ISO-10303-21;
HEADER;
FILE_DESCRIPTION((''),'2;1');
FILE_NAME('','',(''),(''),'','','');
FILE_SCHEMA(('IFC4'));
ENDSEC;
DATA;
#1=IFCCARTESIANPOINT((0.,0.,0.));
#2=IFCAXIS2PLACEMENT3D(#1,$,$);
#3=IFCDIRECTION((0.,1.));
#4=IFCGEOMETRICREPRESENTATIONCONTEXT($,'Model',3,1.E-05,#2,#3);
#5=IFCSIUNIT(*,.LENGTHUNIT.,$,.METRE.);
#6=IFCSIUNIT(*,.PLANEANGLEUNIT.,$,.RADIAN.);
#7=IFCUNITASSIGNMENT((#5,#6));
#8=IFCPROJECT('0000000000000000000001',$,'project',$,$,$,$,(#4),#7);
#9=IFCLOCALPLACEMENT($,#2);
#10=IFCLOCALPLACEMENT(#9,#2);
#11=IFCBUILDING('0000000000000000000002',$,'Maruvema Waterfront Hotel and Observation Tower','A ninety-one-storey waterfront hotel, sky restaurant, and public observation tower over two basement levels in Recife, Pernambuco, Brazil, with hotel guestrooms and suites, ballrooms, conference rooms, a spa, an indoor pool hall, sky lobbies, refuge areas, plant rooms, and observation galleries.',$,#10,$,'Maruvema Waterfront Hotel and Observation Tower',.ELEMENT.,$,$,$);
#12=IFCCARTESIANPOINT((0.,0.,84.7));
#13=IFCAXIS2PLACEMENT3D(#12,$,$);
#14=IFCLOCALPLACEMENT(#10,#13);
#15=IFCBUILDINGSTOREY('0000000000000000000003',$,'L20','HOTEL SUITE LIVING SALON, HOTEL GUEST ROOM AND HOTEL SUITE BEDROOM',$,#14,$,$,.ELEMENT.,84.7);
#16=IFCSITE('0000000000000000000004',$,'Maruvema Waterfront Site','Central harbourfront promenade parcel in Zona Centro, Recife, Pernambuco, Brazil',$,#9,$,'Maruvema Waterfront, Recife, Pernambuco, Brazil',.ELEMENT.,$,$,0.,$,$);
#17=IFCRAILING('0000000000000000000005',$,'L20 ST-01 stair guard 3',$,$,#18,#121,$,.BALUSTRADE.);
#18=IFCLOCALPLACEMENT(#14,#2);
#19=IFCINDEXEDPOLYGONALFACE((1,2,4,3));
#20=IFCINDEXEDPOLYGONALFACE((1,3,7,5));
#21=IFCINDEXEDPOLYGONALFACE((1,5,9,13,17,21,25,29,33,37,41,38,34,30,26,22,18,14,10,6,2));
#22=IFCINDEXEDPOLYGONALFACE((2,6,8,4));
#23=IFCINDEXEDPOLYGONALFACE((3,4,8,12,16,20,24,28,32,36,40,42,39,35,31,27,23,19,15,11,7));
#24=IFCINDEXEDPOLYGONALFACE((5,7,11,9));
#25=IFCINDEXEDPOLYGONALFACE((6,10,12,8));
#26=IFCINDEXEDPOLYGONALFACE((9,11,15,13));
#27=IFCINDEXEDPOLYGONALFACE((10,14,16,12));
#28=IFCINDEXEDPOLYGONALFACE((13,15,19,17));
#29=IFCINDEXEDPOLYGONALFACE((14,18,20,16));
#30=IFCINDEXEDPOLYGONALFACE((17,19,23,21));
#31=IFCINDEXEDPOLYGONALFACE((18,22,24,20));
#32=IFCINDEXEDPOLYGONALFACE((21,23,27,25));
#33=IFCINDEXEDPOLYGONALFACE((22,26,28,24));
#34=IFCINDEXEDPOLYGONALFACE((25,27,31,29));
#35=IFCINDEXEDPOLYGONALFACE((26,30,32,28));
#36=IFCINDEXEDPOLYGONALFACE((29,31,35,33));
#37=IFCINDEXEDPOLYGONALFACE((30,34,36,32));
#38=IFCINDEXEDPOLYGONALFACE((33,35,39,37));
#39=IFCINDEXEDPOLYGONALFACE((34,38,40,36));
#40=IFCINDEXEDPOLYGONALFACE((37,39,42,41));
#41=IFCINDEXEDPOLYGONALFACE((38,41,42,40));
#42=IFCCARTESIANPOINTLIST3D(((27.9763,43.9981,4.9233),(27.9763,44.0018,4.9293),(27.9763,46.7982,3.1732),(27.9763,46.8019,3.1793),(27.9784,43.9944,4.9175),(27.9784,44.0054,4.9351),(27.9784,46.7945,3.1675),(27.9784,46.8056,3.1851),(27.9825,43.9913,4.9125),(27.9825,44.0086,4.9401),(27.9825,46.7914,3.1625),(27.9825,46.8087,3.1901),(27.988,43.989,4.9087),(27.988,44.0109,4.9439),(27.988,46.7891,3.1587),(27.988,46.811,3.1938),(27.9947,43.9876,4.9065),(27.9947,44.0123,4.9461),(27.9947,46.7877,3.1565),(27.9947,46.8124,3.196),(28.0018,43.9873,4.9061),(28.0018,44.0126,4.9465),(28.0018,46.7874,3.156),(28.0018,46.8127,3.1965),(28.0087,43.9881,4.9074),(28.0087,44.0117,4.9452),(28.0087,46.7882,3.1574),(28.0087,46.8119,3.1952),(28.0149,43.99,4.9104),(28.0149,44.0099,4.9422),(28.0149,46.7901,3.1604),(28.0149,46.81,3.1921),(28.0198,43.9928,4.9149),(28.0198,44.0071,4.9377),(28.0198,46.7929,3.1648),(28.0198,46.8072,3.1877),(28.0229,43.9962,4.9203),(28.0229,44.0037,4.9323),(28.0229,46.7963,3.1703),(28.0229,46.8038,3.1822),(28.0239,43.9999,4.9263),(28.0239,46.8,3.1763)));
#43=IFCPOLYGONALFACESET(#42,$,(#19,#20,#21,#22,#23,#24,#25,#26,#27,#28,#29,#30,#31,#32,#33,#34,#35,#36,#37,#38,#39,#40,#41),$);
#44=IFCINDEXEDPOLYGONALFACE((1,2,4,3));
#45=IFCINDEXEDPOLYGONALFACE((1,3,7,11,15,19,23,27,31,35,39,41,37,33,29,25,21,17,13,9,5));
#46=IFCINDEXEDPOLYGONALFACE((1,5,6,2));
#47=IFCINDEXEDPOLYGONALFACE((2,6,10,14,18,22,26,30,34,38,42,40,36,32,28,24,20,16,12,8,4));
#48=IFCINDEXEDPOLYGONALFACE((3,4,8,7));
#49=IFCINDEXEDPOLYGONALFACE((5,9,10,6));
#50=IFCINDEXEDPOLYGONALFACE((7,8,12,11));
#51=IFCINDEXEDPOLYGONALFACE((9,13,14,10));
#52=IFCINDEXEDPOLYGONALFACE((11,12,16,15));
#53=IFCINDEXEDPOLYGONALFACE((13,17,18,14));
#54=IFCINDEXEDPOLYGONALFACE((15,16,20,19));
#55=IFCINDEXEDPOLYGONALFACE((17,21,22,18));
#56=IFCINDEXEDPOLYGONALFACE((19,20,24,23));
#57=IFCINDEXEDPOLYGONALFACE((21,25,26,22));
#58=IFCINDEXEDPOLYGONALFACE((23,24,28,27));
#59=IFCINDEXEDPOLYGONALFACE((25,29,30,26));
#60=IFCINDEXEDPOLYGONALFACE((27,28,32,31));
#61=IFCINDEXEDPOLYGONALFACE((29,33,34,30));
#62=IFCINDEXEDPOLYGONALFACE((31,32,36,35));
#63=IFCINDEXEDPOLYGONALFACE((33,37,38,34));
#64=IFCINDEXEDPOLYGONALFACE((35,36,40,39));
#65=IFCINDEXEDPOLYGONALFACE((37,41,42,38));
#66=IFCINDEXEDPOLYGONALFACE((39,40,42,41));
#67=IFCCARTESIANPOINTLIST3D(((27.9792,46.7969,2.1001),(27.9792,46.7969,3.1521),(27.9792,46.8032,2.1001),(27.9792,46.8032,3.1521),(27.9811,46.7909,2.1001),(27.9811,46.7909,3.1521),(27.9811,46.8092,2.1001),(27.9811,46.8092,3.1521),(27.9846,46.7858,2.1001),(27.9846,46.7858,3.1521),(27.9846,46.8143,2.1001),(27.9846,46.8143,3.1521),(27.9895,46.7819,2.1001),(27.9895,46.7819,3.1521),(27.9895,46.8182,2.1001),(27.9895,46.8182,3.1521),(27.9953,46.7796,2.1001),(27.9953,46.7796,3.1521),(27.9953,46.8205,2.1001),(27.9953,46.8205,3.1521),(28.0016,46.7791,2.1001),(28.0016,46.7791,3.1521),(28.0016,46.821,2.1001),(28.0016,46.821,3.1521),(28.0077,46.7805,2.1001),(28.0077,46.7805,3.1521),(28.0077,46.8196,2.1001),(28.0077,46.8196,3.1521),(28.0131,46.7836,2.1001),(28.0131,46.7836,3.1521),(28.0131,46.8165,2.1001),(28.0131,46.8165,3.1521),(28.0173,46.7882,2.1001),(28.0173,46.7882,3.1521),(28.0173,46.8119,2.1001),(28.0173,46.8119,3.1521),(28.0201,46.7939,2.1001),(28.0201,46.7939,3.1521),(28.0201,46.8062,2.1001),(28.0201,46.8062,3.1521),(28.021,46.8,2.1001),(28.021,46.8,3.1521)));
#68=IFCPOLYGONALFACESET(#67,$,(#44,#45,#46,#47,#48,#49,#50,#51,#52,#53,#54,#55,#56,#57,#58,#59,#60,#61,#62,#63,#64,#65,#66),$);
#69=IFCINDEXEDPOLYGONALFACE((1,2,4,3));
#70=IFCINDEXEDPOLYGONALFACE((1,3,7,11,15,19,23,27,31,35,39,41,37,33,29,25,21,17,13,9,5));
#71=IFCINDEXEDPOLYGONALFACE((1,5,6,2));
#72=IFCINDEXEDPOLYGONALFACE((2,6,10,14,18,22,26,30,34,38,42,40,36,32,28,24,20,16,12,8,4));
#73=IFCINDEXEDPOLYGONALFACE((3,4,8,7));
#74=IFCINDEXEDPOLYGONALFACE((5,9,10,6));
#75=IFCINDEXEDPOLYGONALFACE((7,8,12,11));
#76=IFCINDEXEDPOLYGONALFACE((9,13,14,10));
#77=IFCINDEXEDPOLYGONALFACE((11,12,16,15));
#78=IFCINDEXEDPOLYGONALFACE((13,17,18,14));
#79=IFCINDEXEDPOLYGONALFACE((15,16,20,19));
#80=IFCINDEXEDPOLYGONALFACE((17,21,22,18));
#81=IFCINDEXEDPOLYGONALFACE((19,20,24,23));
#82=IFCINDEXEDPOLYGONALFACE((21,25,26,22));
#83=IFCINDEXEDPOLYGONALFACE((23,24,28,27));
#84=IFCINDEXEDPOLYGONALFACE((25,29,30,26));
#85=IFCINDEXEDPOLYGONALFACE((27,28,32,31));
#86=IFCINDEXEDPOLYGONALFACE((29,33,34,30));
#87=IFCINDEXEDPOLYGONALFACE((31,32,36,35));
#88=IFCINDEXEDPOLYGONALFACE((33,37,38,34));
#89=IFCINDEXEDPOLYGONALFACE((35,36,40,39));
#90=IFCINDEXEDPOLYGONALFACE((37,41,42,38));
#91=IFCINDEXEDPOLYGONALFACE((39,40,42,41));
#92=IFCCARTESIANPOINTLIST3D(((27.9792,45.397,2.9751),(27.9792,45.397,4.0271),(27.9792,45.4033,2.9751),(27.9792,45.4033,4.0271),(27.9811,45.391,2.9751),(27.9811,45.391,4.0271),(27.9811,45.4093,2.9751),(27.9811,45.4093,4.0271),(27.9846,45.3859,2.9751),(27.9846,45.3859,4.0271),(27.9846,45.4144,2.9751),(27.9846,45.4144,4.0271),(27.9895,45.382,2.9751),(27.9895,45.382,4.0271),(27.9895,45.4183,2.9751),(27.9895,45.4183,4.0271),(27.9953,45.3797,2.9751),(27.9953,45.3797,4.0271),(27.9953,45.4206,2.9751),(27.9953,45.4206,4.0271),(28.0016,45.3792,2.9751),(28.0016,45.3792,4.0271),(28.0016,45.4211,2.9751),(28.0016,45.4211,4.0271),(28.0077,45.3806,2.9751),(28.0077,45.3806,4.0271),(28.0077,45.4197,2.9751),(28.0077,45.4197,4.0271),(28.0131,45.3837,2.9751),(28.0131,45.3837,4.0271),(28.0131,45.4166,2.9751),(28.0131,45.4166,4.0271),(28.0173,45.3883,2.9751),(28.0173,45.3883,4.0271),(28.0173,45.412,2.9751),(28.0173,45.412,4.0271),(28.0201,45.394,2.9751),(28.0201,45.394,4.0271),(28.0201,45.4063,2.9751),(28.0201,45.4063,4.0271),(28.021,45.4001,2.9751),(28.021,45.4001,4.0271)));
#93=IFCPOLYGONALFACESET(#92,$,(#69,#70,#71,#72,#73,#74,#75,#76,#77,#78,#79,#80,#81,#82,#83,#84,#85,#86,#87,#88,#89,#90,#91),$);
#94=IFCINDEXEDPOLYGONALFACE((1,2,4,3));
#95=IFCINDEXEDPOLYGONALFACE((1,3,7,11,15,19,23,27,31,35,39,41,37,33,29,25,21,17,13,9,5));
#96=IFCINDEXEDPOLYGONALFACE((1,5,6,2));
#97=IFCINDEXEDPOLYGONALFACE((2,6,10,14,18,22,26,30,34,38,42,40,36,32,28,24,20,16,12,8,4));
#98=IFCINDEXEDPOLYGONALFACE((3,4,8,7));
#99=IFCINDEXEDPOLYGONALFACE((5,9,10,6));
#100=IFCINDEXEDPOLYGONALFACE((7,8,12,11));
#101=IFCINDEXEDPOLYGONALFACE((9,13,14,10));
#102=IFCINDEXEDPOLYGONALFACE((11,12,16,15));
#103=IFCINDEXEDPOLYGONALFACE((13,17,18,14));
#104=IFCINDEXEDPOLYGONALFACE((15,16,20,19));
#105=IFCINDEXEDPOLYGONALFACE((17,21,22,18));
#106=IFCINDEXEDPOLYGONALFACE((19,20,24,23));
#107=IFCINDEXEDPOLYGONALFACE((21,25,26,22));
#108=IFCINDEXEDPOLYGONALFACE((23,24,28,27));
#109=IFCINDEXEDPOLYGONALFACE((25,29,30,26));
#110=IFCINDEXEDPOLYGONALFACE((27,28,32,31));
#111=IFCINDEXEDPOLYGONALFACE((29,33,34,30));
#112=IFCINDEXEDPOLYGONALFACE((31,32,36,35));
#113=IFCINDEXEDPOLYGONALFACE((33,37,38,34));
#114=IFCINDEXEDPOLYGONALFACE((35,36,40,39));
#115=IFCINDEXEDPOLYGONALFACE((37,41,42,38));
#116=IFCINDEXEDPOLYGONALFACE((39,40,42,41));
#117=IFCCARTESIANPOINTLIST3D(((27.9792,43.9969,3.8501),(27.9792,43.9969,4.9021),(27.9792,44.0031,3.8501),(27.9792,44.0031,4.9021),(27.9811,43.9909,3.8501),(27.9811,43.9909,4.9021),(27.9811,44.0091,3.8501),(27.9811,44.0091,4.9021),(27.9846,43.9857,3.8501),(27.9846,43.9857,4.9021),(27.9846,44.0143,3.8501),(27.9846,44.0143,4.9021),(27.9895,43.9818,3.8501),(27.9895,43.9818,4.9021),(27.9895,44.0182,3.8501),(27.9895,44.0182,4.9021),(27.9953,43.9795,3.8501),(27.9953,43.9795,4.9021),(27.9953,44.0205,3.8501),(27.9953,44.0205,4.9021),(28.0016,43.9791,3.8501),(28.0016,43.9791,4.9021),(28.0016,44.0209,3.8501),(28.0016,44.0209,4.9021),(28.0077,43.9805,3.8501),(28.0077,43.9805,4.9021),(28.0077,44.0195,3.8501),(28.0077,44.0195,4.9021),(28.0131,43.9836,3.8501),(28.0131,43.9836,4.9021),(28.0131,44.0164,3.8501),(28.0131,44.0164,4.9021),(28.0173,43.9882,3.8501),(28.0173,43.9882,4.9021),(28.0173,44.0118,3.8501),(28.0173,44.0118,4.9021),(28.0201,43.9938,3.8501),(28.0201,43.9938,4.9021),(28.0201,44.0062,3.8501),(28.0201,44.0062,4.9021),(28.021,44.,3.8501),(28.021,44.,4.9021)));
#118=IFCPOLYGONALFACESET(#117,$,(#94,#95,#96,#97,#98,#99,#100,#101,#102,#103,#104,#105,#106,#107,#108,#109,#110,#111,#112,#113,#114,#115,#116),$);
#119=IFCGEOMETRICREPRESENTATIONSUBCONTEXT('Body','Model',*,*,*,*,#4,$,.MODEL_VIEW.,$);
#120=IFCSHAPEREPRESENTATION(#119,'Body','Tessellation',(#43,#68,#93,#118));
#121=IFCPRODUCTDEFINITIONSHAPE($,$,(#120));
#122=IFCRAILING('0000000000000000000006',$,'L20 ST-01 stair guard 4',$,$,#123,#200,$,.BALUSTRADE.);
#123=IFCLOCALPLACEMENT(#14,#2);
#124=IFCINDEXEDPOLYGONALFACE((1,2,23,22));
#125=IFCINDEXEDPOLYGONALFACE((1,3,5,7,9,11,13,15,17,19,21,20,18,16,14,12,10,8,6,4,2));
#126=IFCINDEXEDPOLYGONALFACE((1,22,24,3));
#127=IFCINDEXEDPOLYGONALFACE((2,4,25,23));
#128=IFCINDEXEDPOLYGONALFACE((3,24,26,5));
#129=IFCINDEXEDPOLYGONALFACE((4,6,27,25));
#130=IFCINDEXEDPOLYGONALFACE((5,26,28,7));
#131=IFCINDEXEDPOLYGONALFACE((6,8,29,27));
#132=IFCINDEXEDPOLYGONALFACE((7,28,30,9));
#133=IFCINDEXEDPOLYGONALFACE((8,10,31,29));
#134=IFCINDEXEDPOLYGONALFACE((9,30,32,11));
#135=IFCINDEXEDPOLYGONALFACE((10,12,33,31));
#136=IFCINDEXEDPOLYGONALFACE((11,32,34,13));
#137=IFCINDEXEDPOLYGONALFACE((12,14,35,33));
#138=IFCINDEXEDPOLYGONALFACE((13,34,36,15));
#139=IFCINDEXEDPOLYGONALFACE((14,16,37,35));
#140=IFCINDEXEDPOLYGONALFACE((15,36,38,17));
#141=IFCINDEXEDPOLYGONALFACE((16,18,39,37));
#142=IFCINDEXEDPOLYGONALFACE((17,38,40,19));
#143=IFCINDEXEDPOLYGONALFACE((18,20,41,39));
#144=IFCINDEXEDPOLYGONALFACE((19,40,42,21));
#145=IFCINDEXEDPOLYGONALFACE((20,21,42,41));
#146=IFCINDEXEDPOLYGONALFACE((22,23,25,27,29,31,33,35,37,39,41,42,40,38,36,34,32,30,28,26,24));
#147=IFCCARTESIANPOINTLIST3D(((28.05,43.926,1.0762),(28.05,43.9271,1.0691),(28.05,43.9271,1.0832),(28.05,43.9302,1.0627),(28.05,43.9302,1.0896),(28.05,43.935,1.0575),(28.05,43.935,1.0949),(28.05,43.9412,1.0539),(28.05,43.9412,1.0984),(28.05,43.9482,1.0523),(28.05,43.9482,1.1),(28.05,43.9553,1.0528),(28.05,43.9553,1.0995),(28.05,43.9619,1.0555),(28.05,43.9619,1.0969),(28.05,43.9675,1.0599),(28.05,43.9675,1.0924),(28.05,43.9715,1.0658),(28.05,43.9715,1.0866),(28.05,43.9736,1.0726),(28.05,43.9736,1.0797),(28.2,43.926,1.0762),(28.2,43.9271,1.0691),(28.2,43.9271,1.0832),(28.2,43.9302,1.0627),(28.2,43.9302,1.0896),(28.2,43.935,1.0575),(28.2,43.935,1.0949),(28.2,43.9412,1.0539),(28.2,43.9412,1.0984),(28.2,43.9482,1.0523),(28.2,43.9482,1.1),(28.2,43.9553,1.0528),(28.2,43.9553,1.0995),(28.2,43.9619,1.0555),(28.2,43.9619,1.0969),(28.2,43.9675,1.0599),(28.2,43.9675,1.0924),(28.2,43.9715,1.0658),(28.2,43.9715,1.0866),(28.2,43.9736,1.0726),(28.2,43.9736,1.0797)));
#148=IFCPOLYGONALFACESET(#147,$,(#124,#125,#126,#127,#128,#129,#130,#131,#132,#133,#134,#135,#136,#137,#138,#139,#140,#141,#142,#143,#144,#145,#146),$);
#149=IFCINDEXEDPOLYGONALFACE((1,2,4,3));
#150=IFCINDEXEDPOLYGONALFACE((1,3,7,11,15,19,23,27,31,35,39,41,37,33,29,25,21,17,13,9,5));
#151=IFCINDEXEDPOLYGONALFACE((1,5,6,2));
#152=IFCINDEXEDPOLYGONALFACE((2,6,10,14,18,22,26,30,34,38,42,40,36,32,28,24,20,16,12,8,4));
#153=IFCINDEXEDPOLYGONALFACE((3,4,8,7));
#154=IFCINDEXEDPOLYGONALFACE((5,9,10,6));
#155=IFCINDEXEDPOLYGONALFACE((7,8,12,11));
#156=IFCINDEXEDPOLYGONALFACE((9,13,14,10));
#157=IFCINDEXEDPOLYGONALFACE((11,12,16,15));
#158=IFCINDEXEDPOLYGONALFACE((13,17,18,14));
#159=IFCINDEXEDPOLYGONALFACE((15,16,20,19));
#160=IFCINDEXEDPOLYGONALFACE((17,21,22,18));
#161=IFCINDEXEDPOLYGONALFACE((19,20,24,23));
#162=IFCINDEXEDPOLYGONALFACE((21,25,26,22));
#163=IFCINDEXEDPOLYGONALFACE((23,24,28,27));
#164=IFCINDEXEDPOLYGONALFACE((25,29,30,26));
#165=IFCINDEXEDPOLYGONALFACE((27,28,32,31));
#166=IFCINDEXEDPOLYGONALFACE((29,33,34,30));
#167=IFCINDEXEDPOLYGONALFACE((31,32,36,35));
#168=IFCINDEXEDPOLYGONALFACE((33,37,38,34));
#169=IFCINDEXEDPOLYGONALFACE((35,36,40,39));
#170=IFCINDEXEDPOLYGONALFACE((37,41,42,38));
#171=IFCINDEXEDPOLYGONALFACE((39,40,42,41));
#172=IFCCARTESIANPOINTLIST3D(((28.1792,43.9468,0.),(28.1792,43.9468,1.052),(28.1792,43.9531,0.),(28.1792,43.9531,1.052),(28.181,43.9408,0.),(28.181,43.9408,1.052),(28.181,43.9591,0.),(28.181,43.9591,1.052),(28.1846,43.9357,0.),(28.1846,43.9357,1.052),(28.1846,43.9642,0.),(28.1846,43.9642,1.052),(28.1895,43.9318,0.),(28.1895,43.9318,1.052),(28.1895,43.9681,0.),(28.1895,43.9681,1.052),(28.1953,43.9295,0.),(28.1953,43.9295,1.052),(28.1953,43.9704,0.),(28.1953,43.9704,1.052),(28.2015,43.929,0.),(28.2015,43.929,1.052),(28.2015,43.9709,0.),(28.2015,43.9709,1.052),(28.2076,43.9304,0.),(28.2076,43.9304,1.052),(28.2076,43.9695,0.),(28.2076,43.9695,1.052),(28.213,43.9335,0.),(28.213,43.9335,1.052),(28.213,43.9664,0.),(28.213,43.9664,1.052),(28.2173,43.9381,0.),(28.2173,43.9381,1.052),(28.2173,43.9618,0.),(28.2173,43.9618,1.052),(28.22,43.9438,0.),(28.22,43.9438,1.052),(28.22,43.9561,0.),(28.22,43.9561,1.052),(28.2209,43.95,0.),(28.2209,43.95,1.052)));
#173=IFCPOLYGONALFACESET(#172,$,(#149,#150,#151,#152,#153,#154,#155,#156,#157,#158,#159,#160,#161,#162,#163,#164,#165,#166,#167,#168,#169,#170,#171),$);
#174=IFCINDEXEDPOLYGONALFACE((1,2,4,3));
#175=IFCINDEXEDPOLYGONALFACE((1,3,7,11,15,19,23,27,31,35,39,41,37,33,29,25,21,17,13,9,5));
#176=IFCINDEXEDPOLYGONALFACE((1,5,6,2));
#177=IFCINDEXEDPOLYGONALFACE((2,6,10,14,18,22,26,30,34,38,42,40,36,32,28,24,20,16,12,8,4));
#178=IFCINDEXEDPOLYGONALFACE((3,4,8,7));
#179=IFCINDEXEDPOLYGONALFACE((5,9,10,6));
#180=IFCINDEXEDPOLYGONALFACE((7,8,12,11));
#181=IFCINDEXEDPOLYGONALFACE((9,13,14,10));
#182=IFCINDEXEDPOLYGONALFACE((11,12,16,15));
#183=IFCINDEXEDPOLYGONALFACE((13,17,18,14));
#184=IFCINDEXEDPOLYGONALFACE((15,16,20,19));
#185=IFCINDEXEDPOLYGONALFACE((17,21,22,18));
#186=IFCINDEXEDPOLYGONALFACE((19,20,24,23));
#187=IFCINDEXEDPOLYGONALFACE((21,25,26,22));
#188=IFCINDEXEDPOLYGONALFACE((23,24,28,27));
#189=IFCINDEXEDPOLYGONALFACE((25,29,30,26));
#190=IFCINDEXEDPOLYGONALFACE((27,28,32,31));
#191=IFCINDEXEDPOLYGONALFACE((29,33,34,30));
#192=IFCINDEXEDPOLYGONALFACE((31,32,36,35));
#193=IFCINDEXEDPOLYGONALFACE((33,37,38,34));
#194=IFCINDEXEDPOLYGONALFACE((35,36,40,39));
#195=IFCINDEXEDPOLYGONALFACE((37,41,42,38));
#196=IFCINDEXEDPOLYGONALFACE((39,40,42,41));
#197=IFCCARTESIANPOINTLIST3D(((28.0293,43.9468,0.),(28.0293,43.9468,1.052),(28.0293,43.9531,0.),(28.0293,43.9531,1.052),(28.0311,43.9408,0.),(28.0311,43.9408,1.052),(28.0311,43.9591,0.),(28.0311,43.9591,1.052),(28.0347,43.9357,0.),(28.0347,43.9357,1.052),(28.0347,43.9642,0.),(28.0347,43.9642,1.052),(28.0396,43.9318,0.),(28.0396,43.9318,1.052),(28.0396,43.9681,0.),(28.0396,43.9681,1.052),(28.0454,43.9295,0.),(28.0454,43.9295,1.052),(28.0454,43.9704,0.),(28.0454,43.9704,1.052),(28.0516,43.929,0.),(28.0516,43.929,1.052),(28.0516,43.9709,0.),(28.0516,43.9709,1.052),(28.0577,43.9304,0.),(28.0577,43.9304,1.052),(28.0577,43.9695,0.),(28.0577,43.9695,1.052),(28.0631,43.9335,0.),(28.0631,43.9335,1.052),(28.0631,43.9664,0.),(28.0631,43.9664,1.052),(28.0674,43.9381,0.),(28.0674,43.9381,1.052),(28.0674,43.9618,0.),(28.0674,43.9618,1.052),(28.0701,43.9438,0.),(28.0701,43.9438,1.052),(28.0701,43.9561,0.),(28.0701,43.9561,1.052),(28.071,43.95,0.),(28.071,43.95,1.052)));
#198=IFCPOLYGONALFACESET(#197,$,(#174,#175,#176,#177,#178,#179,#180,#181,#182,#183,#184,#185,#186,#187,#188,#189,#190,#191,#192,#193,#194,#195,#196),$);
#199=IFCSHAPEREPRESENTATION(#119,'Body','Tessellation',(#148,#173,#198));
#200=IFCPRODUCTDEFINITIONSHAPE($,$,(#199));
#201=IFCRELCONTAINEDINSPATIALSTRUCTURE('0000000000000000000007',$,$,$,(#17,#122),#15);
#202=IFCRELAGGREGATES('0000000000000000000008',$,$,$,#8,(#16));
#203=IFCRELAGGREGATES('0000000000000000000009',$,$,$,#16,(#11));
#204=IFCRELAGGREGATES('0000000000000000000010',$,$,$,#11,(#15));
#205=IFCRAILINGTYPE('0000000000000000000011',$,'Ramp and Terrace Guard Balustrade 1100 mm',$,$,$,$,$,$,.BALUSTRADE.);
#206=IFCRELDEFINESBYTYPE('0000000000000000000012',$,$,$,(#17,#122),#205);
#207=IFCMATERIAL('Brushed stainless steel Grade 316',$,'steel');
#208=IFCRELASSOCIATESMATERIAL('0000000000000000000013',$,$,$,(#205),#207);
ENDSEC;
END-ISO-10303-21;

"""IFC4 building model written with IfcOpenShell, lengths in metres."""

from ifc_helpers import new_model, si_unit, direction, frame, origin, origin_2d, place, context, subcontext, project, spatial, circle, extrude, material, type_object, element, save


model = new_model("IFC4")

# Units and contexts
model_context = context("Model", 3, precision=1e-05, world=origin(), true_north=direction((0.0, 1.0)))
body_context = subcontext(model_context, "Body", "Model", "MODEL_VIEW")
ifc_project = project(units=[si_unit("LENGTHUNIT", "METRE"), si_unit("PLANEANGLEUNIT", "RADIAN")], contexts=[model_context])

# Site, building, storey
site_placement = place(None, origin())
site = spatial("IfcSite", under=ifc_project, at=site_placement, Name="Maruvema Waterfront Site", Description="Central harbourfront promenade parcel in Zona Centro, Recife, Pernambuco, Brazil", LongName="Maruvema Waterfront, Recife, Pernambuco, Brazil", CompositionType="ELEMENT", RefElevation=0.0)
building_placement = place(site_placement, origin())
building = spatial("IfcBuilding", under=site, at=building_placement, Name="Maruvema Waterfront Hotel and Observation Tower", Description="A ninety-one-storey waterfront hotel, sky restaurant, and public observation tower over two basement levels in Recife, Pernambuco, Brazil, with hotel guestrooms and suites, ballrooms, conference rooms, a spa, an indoor pool hall, sky lobbies, refuge areas, plant rooms, and observation galleries.", LongName="Maruvema Waterfront Hotel and Observation Tower", CompositionType="ELEMENT")
storey_placement = place(building_placement, frame((0.0, 0.0, 84.7)))
storey = spatial("IfcBuildingStorey", under=building, at=storey_placement, Name="L20", Description="HOTEL SUITE LIVING SALON, HOTEL GUEST ROOM AND HOTEL SUITE BEDROOM", CompositionType="ELEMENT", Elevation=84.7)

# Railings
ifc_material_1 = material(Name="Brushed stainless steel Grade 316", Category="steel")
railing_type_1 = type_object("IfcRailingType", Name="Ramp and Terrace Guard Balustrade 1100 mm", PredefinedType="BALUSTRADE", material=ifc_material_1)
railing_1_placement = place(storey_placement, frame((28.0, 46.8, 2.1001)))
element("IfcRailing", 1, at=railing_1_placement, inside=storey, type_object=railing_type_1, Name="L20 ST-01 stair guard 3", PredefinedType="BALUSTRADE", context=body_context, shape_type="SweptSolid", body=[
    extrude(circle(Radius=0.0239, at=origin_2d()), frame((0.0, 0.0, 1.0762), z_axis=(0.0, -0.848002, 0.529992), x_axis=(1.0, 0.0, 0.0)), (0.0, 0.0, 1.0), 3.302),
    extrude(circle(Radius=0.021, at=origin_2d()), origin(), (0.0, 0.0, 1.0), 1.052),
    extrude(circle(Radius=0.021, at=origin_2d()), frame((0.0, -1.3999, 0.875)), (0.0, 0.0, 1.0), 1.052),
    extrude(circle(Radius=0.021, at=origin_2d()), frame((0.0, -2.8, 1.75)), (0.0, 0.0, 1.0), 1.052),
])
railing_2_placement = place(storey_placement, frame((28.2, 43.95, 0.0)))
element("IfcRailing", 2, at=railing_2_placement, inside=storey, type_object=railing_type_1, Name="L20 ST-01 stair guard 4", PredefinedType="BALUSTRADE", context=body_context, shape_type="SweptSolid", body=[
    extrude(circle(Radius=0.0239, at=origin_2d()), frame((0.0, 0.0, 1.0762), z_axis=(-1.0, 0.0, 0.0), x_axis=(0.0, -1.0, 0.0)), (0.0, 0.0, 1.0), 0.1499),
    extrude(circle(Radius=0.021, at=origin_2d()), origin(), (0.0, 0.0, 1.0), 1.052),
    extrude(circle(Radius=0.021, at=origin_2d()), frame((-0.1499, 0.0, 0.0)), (0.0, 0.0, 1.0), 1.052),
])

save(model, "model.ifc")
